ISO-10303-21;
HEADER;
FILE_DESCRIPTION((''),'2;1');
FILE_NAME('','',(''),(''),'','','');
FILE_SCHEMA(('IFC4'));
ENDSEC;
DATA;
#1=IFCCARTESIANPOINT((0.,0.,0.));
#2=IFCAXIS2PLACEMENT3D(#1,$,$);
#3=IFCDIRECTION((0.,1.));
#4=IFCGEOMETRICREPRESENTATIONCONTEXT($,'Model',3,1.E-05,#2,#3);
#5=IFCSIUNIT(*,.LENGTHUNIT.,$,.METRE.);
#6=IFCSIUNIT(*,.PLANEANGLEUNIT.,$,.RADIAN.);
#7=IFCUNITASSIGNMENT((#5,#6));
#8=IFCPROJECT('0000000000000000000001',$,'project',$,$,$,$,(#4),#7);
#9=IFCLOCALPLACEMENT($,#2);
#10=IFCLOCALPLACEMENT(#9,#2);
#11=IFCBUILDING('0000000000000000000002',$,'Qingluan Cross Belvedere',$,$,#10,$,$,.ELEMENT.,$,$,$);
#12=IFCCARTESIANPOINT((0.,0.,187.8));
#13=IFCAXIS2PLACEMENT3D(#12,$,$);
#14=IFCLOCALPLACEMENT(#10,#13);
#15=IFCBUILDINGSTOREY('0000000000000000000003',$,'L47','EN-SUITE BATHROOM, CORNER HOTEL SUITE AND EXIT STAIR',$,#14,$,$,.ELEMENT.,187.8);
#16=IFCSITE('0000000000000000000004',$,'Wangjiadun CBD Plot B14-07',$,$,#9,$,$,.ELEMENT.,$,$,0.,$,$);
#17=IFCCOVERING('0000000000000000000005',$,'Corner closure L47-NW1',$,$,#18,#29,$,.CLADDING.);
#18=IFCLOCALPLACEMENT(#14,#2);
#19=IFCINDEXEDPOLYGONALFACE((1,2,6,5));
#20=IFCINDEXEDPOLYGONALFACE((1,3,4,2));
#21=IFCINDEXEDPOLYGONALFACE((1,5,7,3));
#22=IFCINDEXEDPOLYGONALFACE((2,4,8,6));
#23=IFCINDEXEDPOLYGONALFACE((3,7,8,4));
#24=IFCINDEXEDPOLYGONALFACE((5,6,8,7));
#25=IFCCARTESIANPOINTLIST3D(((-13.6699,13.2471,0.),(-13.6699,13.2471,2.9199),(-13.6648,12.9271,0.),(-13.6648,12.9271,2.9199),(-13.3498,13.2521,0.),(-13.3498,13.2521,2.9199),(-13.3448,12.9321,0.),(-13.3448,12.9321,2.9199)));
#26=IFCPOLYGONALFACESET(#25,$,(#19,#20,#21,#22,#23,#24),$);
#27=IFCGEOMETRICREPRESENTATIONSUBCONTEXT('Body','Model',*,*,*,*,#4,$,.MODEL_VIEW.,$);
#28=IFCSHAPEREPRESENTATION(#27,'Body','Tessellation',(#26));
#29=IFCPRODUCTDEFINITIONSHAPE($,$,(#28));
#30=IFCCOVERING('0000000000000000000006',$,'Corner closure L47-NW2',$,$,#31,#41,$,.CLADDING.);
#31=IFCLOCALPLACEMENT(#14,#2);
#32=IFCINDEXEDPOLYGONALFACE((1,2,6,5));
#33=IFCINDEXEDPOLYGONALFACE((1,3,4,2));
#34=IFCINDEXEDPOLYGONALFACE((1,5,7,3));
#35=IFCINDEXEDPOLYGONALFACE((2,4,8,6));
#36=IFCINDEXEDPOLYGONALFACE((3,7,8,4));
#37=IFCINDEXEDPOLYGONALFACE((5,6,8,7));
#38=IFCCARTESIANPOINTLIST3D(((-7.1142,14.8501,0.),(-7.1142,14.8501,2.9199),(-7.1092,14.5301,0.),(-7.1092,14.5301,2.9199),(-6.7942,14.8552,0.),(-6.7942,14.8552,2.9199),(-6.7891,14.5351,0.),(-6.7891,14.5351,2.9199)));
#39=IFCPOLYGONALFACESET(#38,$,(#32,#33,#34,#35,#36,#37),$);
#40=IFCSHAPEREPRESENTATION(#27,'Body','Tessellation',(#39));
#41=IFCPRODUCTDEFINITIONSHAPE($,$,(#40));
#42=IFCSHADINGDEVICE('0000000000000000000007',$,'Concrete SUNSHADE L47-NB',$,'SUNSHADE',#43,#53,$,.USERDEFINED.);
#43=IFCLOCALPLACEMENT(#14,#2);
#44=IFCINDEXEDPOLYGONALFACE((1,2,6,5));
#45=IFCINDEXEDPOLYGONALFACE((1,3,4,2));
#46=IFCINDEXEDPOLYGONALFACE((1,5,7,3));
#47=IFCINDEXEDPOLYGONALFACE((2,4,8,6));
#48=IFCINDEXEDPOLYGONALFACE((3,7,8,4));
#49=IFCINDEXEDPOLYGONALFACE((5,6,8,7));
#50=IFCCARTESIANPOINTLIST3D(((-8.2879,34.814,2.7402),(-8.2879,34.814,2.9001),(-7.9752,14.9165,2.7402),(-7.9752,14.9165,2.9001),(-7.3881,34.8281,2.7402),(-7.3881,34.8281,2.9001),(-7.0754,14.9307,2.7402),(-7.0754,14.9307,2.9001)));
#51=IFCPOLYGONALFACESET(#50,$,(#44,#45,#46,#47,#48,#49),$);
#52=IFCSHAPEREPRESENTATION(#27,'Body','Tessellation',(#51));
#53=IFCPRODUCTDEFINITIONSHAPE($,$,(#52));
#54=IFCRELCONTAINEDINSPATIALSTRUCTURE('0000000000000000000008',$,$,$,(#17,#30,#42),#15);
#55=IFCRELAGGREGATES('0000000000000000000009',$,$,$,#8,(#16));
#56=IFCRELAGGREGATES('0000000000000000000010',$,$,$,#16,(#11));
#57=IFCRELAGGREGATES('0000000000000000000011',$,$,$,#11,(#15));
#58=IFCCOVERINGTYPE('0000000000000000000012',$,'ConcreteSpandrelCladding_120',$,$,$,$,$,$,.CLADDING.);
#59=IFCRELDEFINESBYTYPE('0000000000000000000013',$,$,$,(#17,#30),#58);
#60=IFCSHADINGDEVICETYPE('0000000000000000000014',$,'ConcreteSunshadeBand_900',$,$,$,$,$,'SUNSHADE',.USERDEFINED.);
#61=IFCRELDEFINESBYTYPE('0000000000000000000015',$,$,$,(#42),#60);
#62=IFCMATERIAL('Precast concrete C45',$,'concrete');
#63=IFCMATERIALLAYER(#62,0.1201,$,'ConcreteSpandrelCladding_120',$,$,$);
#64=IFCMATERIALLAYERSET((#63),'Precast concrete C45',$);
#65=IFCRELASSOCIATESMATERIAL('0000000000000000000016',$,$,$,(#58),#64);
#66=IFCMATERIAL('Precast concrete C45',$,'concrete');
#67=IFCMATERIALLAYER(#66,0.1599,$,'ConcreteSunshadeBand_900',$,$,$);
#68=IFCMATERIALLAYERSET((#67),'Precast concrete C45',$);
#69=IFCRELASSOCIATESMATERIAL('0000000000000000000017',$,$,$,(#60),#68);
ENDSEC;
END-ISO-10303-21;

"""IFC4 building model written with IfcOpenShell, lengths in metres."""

from ifc_helpers import new_model, si_unit, direction, frame, origin, origin_2d, place, context, subcontext, project, spatial, rectangle, extrude, material, layer, layer_set, type_object, element, save


model = new_model("IFC4")

# Units and contexts
model_context = context("Model", 3, precision=1e-05, world=origin(), true_north=direction((0.0, 1.0)))
body_context = subcontext(model_context, "Body", "Model", "MODEL_VIEW")
ifc_project = project(units=[si_unit("LENGTHUNIT", "METRE"), si_unit("PLANEANGLEUNIT", "RADIAN")], contexts=[model_context])

# Site, building, storey
site_placement = place(None, origin())
site = spatial("IfcSite", under=ifc_project, at=site_placement, Name="Wangjiadun CBD Plot B14-07", CompositionType="ELEMENT", RefElevation=0.0)
building_placement = place(site_placement, origin())
building = spatial("IfcBuilding", under=site, at=building_placement, Name="Qingluan Cross Belvedere", CompositionType="ELEMENT")
storey_placement = place(building_placement, frame((0.0, 0.0, 187.8)))
storey = spatial("IfcBuildingStorey", under=building, at=storey_placement, Name="L47", Description="EN-SUITE BATHROOM, CORNER HOTEL SUITE AND EXIT STAIR", CompositionType="ELEMENT", Elevation=187.8)

# Coverings
ifc_material_1 = material(Name="Precast concrete C45", Category="concrete")
ifc_layer_1 = layer(ifc_material_1, 0.1201, Name="ConcreteSpandrelCladding_120")
ifc_layer_set_1 = layer_set([ifc_layer_1], Name="Precast concrete C45")
covering_type = type_object("IfcCoveringType", Name="ConcreteSpandrelCladding_120", PredefinedType="CLADDING", material=ifc_layer_set_1)
for number, where, z_axis, x_axis, name in (
    (1, (-13.5073, 13.0896, 0.0), (0.0, 0.0, 1.0), (0.999877, 0.015707, 0.0), "Corner closure L47-NW1"),
    (2, (-6.9517, 14.6926, 0.0), (0.0, 0.0, 1.0), (0.999877, 0.015707, 0.0), "Corner closure L47-NW2"),
):
    element("IfcCovering", number, at=place(storey_placement, frame(where, z_axis=z_axis, x_axis=x_axis)), inside=storey, type_object=covering_type, Name=name, PredefinedType="CLADDING", context=body_context, shape_type="SweptSolid", body=[
        extrude(rectangle(XDim=0.3201, YDim=0.3201, at=origin_2d()), origin(), (0.0, 0.0, 1.0), 2.9199),
    ])

# Shading device
ifc_material_2 = material(Name="Precast concrete C45", Category="concrete")
ifc_layer_2 = layer(ifc_material_2, 0.1599, Name="ConcreteSunshadeBand_900")
ifc_layer_set_2 = layer_set([ifc_layer_2], Name="Precast concrete C45")
shading_device_type = type_object("IfcShadingDeviceType", Name="ConcreteSunshadeBand_900", ElementType="SUNSHADE", PredefinedType="USERDEFINED", material=ifc_layer_set_2)
shading_device_placement = place(storey_placement, frame((-7.6816, 24.8723, 2.7402), z_axis=(0.0, 0.0, 1.0), x_axis=(0.015711, -0.999877, 0.0)))
element("IfcShadingDevice", 3, at=shading_device_placement, inside=storey, type_object=shading_device_type, Name="Concrete SUNSHADE L47-NB", ObjectType="SUNSHADE", PredefinedType="USERDEFINED", context=body_context, shape_type="SweptSolid", body=[
    extrude(rectangle(XDim=19.8999, YDim=0.8999, at=origin_2d()), origin(), (0.0, 0.0, 1.0), 0.1599),
])

save(model, "model.ifc")
